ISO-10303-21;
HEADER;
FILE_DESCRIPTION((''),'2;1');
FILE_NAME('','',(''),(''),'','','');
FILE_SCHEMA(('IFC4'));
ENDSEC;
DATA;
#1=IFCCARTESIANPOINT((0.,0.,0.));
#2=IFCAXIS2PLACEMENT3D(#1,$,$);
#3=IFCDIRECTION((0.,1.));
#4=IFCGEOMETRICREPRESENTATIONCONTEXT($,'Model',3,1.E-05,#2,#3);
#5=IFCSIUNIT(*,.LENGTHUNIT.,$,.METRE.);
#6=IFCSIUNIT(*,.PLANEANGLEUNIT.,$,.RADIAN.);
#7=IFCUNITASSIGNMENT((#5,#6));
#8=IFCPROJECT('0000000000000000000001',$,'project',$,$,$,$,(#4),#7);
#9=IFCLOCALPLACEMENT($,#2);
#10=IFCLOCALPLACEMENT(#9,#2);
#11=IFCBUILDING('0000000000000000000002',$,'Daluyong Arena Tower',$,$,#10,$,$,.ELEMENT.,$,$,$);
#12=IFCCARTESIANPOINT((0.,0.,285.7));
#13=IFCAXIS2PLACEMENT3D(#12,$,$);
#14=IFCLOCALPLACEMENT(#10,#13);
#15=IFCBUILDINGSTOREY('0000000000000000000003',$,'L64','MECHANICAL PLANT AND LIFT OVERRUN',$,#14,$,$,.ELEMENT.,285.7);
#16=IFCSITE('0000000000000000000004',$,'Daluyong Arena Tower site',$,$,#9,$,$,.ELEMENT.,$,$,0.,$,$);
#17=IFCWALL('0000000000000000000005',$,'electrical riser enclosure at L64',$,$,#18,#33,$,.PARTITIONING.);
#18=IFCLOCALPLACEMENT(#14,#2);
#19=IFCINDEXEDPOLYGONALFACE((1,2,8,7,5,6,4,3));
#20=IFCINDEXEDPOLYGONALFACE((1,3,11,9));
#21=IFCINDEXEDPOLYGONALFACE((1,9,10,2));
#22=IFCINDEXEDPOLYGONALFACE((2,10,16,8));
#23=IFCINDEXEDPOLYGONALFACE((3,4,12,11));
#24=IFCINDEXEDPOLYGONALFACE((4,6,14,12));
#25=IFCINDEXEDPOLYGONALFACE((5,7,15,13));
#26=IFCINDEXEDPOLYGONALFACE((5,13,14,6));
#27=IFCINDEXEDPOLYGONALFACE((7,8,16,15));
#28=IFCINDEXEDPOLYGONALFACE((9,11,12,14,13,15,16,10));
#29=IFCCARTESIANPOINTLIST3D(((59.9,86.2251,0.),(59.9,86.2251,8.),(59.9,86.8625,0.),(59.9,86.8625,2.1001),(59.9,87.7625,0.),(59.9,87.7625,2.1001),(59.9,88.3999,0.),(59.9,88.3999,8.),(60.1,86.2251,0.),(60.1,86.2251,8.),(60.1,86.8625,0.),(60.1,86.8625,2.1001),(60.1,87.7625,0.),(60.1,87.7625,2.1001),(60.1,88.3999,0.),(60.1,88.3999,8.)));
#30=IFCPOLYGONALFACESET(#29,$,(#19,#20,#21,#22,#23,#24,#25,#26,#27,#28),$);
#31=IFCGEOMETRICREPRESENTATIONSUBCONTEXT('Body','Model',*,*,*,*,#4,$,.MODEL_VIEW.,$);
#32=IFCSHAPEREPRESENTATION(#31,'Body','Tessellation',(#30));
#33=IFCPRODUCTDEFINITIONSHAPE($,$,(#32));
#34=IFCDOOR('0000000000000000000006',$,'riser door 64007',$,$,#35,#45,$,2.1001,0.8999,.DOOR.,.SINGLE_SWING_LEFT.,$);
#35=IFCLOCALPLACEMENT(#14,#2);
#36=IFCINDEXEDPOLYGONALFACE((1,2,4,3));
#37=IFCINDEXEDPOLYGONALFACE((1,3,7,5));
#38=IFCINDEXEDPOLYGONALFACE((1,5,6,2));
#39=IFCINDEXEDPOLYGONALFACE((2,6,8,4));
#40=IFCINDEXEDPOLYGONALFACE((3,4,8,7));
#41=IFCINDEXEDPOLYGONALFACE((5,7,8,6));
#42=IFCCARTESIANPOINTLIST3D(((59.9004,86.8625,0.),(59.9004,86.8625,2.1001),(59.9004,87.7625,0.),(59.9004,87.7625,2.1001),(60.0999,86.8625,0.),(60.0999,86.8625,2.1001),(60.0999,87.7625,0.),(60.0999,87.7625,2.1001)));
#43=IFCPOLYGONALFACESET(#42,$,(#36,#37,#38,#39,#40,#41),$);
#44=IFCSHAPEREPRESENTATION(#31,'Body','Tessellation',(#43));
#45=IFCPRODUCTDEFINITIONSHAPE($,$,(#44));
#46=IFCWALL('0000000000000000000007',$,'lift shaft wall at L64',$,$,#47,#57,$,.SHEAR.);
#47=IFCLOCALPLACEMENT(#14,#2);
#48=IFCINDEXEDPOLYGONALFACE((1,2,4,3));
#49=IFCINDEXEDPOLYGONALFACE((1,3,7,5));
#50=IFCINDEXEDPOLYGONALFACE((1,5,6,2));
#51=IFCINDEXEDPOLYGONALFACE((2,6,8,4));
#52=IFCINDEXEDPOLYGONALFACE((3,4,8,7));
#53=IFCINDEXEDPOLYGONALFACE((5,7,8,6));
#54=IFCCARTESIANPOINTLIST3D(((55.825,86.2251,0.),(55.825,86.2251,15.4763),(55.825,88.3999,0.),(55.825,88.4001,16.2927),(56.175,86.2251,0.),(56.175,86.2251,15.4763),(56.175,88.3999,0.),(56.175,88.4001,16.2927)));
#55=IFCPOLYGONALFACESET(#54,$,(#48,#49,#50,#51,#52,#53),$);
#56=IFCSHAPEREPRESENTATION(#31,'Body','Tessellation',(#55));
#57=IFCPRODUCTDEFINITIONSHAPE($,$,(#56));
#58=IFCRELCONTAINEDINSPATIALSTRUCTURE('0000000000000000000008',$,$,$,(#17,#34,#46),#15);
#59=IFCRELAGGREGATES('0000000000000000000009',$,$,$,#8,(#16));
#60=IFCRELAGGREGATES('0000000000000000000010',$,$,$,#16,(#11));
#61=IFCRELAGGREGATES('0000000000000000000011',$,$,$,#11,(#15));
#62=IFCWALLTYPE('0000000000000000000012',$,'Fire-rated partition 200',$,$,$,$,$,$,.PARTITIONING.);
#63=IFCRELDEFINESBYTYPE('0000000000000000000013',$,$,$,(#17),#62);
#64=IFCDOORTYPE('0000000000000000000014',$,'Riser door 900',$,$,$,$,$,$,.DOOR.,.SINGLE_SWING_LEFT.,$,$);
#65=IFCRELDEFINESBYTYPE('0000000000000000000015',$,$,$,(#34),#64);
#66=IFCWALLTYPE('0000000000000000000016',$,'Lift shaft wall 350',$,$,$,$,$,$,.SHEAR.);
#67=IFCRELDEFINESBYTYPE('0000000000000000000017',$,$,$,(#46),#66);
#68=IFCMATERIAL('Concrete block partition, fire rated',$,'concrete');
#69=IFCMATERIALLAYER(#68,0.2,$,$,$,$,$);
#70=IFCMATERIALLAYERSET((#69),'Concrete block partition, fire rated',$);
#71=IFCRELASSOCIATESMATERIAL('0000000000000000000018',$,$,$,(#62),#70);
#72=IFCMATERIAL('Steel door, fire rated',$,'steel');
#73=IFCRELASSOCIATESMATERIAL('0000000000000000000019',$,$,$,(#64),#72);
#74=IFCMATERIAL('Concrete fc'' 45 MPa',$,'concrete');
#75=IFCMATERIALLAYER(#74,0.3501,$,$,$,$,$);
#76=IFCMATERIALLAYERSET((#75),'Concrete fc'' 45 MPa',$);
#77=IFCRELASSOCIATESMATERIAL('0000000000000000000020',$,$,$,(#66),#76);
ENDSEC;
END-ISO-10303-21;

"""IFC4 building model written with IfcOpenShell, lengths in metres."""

from ifc_helpers import new_model, si_unit, direction, frame, frame_2d, origin, place, context, subcontext, project, spatial, polyline, rectangle, outline, extrude, material, layer, layer_set, type_object, element, fill, save


model = new_model("IFC4")

# Units and contexts
model_context = context("Model", 3, precision=1e-05, world=origin(), true_north=direction((0.0, 1.0)))
body_context = subcontext(model_context, "Body", "Model", "MODEL_VIEW")
ifc_project = project(units=[si_unit("LENGTHUNIT", "METRE"), si_unit("PLANEANGLEUNIT", "RADIAN")], contexts=[model_context])

# Site, building, storey
site_placement = place(None, origin())
site = spatial("IfcSite", under=ifc_project, at=site_placement, Name="Daluyong Arena Tower site", CompositionType="ELEMENT", RefElevation=0.0)
building_placement = place(site_placement, origin())
building = spatial("IfcBuilding", under=site, at=building_placement, Name="Daluyong Arena Tower", CompositionType="ELEMENT")
storey_placement = place(building_placement, frame((0.0, 0.0, 285.7)))
storey = spatial("IfcBuildingStorey", under=building, at=storey_placement, Name="L64", Description="MECHANICAL PLANT AND LIFT OVERRUN", CompositionType="ELEMENT", Elevation=285.7)

# Wall, opening, door
ifc_material_1 = material(Name="Concrete block partition, fire rated", Category="concrete")
ifc_layer_1 = layer(ifc_material_1, 0.2)
ifc_layer_set_1 = layer_set([ifc_layer_1], Name="Concrete block partition, fire rated")
wall_type_1 = type_object("IfcWallType", Name="Fire-rated partition 200", PredefinedType="PARTITIONING", material=ifc_layer_set_1)
wall_1_placement = place(storey_placement, frame((60.0, 86.2251, 0.0), z_axis=(0.0, 0.0, 1.0), x_axis=(0.0, 1.0, 0.0)))
wall_1 = element("IfcWall", 1, at=wall_1_placement, inside=storey, type_object=wall_type_1, Name="electrical riser enclosure at L64", PredefinedType="PARTITIONING", context=body_context, shape_type="SweptSolid", body=[
    extrude(rectangle(XDim=2.1748, YDim=0.2, at=frame_2d((1.0874, 0.0))), origin(), (0.0, 0.0, 1.0), 8.0),
])
opening_1_placement = place(wall_1_placement, frame((0.6375, 0.0, 0.0)))
opening_1 = element("IfcOpeningElement", 2, at=opening_1_placement, cuts=wall_1, PredefinedType="OPENING", context=body_context, shape_type="SweptSolid", body=[
    extrude(rectangle(XDim=0.8999, YDim=2.1001, at=frame_2d((0.45, 1.05))), frame((0.0, 0.1099, 0.0), z_axis=(0.0, -1.0, 0.0), x_axis=(1.0, 0.0, 0.0)), (0.0, 0.0, 1.0), 0.22),
])
ifc_material_2 = material(Name="Steel door, fire rated", Category="steel")
door_type_1 = type_object("IfcDoorType", Name="Riser door 900", OperationType="SINGLE_SWING_LEFT", PredefinedType="DOOR", material=ifc_material_2)
door_1_placement = place(opening_1_placement, origin())
door_1 = element("IfcDoor", 3, at=door_1_placement, inside=storey, type_object=door_type_1, Name="riser door 64007", OperationType="SINGLE_SWING_LEFT", OverallHeight=2.1001, OverallWidth=0.8999, PredefinedType="DOOR", context=body_context, shape_type="SweptSolid", body=[
    extrude(rectangle(XDim=0.8999, YDim=2.1001, at=frame_2d((0.45, 1.05))), frame((0.0, 0.0996, 0.0), z_axis=(0.0, -1.0, 0.0), x_axis=(1.0, 0.0, 0.0)), (0.0, 0.0, 1.0), 0.1995),
])
fill(opening_1, door_1)

# Wall
ifc_material_3 = material(Name="Concrete fc' 45 MPa", Category="concrete")
ifc_layer_2 = layer(ifc_material_3, 0.3501)
ifc_layer_set_2 = layer_set([ifc_layer_2], Name="Concrete fc' 45 MPa")
wall_type_2 = type_object("IfcWallType", Name="Lift shaft wall 350", PredefinedType="SHEAR", material=ifc_layer_set_2)
wall_2_placement = place(storey_placement, frame((56.0, 86.2251, 0.0), z_axis=(0.0, 0.0, 1.0), x_axis=(0.0, 1.0, 0.0)))
element("IfcWall", 4, at=wall_2_placement, inside=storey, type_object=wall_type_2, Name="lift shaft wall at L64", PredefinedType="SHEAR", context=body_context, shape_type="SweptSolid", body=[
    extrude(outline(polyline([(0.0, 0.0), (2.1748, 0.0), (2.175, 16.2927), (0.0, 15.4763), (0.0, 0.0)])), frame((0.0, 0.175, 0.0), z_axis=(0.0, -1.0, 0.0), x_axis=(1.0, 0.0, 0.0)), (0.0, 0.0, 1.0), 0.3501),
])

save(model, "model.ifc")
